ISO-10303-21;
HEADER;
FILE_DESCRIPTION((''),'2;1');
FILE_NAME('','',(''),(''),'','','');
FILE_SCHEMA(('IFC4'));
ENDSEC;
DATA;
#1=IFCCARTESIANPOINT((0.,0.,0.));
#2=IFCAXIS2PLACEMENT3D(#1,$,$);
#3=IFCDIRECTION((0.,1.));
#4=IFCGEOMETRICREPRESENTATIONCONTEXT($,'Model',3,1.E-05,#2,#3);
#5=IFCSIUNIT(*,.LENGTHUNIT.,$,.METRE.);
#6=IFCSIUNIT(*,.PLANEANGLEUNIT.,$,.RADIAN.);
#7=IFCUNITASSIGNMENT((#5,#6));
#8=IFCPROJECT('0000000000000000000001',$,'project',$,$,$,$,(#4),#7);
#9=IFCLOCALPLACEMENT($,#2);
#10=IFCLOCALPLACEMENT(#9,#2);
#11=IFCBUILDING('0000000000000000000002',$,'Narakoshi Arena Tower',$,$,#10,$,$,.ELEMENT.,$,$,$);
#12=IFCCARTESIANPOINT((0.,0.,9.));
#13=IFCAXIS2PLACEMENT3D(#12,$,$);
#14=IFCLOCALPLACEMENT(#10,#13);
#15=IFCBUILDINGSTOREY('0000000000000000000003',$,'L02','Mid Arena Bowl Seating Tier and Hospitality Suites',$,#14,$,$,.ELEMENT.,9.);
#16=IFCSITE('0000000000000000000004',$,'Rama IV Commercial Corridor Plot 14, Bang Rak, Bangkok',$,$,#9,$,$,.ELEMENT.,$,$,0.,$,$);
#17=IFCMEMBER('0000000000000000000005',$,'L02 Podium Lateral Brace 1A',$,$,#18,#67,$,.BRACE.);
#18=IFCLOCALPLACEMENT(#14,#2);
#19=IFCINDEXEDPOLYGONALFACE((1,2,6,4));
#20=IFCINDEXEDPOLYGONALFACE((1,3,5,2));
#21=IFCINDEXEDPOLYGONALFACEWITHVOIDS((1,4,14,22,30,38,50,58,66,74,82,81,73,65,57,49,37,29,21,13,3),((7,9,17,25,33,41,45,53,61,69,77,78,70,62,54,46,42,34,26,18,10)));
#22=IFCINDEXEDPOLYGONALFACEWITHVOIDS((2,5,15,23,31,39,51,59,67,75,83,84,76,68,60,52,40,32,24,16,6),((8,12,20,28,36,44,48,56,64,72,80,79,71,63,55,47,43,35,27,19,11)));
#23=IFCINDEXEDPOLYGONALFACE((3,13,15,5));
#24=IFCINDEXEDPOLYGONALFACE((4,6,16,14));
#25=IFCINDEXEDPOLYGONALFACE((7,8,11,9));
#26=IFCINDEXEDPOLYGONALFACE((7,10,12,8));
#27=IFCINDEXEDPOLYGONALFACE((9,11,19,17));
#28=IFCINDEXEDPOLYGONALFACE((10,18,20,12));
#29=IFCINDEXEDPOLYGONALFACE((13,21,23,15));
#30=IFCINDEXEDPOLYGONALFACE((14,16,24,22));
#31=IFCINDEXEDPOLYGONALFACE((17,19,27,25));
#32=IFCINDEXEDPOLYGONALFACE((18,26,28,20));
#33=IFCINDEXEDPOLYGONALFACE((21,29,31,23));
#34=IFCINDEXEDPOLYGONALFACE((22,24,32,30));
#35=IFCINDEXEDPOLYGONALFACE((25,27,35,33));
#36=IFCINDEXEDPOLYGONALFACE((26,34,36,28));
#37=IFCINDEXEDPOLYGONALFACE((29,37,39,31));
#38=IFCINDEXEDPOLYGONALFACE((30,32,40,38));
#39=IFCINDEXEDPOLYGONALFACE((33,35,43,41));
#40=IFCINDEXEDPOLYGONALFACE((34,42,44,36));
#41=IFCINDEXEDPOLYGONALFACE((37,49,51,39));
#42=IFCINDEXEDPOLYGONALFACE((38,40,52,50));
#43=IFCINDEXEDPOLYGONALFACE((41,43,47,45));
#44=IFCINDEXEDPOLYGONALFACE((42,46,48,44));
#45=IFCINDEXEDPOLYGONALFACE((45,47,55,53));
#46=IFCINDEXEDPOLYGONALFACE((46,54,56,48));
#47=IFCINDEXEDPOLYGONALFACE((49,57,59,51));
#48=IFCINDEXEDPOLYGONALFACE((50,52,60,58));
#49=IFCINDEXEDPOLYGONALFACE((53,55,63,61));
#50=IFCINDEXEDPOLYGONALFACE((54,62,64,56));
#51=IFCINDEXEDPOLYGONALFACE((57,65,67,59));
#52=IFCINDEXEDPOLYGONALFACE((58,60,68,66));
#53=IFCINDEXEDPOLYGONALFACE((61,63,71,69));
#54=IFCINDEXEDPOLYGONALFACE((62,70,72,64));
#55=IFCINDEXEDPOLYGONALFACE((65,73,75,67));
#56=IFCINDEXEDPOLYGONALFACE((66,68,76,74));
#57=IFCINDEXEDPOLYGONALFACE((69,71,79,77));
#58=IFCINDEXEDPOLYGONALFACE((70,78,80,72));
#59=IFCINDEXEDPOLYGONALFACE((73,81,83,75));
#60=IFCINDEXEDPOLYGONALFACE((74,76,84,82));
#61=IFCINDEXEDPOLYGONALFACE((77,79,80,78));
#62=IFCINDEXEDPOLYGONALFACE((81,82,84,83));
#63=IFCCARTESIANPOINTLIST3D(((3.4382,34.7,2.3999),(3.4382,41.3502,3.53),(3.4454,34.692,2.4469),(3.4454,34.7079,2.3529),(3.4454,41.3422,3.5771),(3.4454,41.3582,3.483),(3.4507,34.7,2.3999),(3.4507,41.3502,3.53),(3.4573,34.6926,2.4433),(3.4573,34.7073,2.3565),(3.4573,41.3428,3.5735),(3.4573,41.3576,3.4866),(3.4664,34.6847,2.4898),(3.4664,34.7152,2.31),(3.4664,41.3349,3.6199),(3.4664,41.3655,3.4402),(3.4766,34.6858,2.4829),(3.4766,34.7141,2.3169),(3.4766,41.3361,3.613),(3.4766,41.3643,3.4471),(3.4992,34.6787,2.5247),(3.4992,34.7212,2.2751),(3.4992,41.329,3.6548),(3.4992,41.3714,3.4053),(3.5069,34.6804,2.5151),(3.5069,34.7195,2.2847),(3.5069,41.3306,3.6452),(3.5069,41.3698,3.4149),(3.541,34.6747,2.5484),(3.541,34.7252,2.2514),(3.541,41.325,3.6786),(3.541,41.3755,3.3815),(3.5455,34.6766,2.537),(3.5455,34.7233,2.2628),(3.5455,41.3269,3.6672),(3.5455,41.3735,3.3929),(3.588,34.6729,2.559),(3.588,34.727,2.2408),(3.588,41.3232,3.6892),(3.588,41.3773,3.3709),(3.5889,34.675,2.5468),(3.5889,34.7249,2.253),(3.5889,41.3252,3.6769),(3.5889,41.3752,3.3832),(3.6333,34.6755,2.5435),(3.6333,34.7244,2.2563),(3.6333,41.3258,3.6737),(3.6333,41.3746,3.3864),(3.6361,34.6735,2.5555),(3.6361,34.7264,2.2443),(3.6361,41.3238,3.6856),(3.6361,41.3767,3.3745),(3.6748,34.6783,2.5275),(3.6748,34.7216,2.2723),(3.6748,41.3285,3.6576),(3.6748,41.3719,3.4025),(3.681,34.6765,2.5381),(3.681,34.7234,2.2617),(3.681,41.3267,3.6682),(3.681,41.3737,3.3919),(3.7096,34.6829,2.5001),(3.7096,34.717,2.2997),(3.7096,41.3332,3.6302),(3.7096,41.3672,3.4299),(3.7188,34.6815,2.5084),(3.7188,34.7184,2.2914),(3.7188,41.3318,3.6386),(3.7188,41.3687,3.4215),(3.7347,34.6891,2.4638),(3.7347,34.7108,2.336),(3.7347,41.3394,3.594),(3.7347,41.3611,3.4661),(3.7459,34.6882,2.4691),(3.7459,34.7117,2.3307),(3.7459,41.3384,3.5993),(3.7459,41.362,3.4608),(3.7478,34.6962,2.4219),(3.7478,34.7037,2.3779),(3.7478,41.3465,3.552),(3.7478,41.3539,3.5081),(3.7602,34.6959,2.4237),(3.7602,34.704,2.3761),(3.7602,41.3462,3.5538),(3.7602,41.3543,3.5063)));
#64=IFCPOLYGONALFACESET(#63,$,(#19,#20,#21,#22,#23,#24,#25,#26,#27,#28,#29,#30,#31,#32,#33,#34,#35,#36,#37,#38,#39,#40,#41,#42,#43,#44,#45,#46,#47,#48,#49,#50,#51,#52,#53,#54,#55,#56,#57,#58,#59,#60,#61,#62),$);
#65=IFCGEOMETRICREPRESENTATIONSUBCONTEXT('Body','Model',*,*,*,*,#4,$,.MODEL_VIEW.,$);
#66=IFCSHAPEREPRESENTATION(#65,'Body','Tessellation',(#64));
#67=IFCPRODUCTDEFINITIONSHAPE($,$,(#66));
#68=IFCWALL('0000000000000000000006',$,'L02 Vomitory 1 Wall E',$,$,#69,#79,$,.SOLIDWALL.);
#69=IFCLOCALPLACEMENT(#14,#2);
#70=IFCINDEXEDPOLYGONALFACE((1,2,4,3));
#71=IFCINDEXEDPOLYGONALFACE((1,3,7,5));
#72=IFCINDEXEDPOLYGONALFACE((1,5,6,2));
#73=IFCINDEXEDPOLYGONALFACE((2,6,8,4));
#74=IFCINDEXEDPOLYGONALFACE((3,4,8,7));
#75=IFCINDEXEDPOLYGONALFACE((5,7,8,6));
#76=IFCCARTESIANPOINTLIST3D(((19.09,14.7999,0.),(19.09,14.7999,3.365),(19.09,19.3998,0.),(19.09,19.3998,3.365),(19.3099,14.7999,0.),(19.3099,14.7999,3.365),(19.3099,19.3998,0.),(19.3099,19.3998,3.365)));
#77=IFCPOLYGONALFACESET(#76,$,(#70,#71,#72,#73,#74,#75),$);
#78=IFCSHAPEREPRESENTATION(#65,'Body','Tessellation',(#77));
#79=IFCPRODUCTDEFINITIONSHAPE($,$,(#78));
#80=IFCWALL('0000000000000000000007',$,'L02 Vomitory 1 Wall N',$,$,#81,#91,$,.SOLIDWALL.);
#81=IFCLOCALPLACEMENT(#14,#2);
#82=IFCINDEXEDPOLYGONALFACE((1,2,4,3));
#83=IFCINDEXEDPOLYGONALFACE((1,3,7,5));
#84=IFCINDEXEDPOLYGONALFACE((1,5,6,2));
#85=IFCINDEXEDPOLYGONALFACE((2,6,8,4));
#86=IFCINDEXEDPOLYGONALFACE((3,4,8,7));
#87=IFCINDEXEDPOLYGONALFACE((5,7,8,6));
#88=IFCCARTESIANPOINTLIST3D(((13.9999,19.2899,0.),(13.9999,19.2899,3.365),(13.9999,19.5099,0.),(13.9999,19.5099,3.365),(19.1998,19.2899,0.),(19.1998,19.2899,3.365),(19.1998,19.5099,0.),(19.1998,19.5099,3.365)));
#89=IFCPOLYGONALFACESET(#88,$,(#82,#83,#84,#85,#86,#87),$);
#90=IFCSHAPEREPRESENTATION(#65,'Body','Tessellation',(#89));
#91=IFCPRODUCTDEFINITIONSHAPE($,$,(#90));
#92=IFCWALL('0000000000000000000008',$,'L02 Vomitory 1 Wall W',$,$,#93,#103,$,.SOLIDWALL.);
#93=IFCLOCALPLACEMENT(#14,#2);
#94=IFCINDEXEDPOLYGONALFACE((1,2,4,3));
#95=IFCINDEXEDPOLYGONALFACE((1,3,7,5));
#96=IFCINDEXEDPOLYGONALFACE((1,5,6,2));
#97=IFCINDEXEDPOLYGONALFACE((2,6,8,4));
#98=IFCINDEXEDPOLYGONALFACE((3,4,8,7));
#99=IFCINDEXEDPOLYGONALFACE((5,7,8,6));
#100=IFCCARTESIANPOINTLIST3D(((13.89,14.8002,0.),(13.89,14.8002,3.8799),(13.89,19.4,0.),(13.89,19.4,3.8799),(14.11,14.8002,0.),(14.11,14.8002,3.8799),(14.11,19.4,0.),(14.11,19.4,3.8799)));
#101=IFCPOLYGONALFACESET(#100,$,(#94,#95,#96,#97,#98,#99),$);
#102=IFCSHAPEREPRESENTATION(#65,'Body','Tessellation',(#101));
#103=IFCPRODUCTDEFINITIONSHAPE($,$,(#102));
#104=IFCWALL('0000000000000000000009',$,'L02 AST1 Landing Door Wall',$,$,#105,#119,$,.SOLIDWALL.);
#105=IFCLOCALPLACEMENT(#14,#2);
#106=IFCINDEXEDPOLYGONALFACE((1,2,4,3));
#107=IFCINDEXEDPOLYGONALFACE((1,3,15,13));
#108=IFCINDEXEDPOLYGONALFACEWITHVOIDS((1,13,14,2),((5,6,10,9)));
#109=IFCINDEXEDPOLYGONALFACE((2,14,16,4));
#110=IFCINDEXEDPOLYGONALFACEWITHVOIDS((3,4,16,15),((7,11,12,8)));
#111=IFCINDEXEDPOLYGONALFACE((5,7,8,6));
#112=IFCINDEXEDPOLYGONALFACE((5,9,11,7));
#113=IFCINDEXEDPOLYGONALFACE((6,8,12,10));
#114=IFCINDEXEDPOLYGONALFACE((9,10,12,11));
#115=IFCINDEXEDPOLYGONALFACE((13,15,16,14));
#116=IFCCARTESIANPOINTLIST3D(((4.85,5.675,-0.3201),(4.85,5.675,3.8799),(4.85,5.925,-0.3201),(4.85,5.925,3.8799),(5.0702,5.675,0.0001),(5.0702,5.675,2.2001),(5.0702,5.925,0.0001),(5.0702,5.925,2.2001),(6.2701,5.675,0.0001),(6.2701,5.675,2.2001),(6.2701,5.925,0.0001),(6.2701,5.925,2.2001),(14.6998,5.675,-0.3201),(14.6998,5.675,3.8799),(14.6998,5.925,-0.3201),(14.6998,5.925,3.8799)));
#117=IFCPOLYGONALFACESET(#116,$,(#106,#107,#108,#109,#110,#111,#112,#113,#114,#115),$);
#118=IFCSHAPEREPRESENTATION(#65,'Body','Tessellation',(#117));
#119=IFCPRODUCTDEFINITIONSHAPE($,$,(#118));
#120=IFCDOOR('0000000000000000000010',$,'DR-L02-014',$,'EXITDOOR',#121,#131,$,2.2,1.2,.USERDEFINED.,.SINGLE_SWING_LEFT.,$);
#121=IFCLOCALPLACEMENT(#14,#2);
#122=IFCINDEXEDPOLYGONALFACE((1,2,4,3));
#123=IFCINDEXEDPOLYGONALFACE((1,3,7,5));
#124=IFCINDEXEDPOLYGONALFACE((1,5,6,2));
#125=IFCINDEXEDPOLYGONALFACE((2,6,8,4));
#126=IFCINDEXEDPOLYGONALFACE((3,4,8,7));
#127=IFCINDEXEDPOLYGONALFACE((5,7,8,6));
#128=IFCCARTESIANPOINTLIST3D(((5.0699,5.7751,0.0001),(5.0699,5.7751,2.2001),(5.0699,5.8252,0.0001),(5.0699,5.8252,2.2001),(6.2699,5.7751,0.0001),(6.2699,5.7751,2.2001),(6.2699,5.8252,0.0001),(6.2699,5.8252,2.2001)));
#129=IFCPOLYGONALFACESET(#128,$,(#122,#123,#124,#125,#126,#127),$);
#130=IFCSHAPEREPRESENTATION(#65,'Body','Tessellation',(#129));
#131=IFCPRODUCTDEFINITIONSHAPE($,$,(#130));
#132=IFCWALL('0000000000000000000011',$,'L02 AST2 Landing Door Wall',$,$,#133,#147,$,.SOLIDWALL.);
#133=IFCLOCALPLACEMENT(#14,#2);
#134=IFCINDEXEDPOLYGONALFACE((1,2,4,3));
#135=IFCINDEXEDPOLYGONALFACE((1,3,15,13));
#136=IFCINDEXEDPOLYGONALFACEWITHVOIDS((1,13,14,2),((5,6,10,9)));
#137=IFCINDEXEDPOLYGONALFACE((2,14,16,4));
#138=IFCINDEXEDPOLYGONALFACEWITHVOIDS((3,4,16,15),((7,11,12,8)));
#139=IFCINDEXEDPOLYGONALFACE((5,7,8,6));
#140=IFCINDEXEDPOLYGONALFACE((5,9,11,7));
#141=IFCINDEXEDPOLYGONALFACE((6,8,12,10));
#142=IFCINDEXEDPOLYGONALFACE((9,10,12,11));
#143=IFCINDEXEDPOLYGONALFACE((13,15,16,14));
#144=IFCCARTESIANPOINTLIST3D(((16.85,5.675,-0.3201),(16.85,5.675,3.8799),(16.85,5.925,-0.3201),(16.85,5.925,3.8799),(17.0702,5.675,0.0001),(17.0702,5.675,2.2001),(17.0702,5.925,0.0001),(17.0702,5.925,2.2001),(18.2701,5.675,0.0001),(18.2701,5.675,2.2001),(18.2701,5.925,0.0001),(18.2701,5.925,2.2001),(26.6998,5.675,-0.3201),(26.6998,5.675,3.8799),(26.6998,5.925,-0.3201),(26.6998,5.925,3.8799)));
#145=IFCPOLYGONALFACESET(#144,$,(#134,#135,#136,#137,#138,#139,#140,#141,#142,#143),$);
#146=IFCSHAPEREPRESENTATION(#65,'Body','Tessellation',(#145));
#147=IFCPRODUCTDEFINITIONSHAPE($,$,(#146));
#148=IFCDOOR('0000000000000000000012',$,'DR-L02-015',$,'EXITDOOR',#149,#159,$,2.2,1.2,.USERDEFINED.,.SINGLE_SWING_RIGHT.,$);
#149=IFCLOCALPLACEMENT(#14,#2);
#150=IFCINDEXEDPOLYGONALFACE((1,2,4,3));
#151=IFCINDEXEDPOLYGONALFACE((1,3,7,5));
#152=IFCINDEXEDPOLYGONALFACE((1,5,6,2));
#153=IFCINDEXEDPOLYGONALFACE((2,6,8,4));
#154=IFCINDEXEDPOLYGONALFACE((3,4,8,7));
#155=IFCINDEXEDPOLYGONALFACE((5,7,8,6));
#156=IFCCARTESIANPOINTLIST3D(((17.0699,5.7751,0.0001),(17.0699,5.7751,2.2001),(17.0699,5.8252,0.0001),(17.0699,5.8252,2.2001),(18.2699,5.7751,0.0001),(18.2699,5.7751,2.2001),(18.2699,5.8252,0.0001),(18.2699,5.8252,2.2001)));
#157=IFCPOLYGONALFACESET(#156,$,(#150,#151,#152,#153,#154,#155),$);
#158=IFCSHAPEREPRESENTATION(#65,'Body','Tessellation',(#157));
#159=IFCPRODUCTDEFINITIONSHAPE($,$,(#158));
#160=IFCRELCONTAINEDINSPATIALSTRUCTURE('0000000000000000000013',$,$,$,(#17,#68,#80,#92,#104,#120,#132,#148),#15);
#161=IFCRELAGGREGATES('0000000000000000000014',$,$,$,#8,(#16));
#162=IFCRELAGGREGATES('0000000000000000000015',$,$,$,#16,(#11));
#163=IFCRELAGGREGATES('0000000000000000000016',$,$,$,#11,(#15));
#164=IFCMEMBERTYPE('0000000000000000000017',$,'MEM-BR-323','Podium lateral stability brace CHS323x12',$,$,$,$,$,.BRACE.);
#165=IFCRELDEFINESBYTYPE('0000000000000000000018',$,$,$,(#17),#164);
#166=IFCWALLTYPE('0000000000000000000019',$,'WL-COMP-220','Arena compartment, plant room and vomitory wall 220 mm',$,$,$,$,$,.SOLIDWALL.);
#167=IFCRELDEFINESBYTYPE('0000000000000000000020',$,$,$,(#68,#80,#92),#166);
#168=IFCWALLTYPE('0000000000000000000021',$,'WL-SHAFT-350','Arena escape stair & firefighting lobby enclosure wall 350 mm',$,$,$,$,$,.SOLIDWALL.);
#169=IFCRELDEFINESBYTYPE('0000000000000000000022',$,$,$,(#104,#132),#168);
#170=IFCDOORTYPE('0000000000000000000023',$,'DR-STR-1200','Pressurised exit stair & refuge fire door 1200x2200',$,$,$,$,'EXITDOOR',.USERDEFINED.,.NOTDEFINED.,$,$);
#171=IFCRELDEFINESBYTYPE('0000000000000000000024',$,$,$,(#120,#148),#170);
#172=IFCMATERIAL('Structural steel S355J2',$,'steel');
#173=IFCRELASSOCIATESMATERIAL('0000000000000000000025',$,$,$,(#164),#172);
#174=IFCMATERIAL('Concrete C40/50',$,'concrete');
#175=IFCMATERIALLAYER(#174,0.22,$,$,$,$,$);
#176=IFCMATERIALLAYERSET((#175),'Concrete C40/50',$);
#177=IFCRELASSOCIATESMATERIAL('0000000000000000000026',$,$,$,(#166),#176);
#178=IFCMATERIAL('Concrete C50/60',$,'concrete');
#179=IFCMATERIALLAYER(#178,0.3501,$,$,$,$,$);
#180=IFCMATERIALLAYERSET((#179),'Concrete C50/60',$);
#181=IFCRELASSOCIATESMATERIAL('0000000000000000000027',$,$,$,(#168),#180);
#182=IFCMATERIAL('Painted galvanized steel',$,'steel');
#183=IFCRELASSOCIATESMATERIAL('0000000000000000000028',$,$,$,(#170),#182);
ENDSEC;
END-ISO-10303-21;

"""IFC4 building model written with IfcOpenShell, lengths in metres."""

from ifc_helpers import new_model, si_unit, direction, frame, frame_2d, origin, origin_2d, place, context, subcontext, project, spatial, rectangle, hollow_circle, extrude, material, layer, layer_set, material_profile, profile_set, type_object, element, fill, save


model = new_model("IFC4")

# Units and contexts
model_context = context("Model", 3, precision=1e-05, world=origin(), true_north=direction((0.0, 1.0)))
body_context = subcontext(model_context, "Body", "Model", "MODEL_VIEW")
ifc_project = project(units=[si_unit("LENGTHUNIT", "METRE"), si_unit("PLANEANGLEUNIT", "RADIAN")], contexts=[model_context])

# Site, building, storey
site_placement = place(None, origin())
site = spatial("IfcSite", under=ifc_project, at=site_placement, Name="Rama IV Commercial Corridor Plot 14, Bang Rak, Bangkok", CompositionType="ELEMENT", RefElevation=0.0)
building_placement = place(site_placement, origin())
building = spatial("IfcBuilding", under=site, at=building_placement, Name="Narakoshi Arena Tower", CompositionType="ELEMENT")
storey_placement = place(building_placement, frame((0.0, 0.0, 9.0)))
storey = spatial("IfcBuildingStorey", under=building, at=storey_placement, Name="L02", Description="Mid Arena Bowl Seating Tier and Hospitality Suites", CompositionType="ELEMENT", Elevation=9.0)

# Shared definitions
ifc_material_1 = material(Name="Concrete C50/60", Category="concrete")

# Shared definitions
ifc_material_2 = material(Name="Structural steel S355J2", Category="steel")

# Member
ifc_material_profile_1 = material_profile(ifc_material_2, hollow_circle(Radius=0.1619, WallThickness=0.0125, at=origin_2d()), Name="CHS323x12")
ifc_profile_set_1 = profile_set([ifc_material_profile_1], Name="Structural steel S355J2")
member_type = type_object("IfcMemberType", Name="MEM-BR-323", Description="Podium lateral stability brace CHS323x12", PredefinedType="BRACE", material=ifc_profile_set_1)
member_placement = place(storey_placement, frame((3.6001, 34.7, 2.3999), z_axis=(0.0, 0.985866, 0.167538), x_axis=(-1.0, 0.0, 0.0)))
element("IfcMember", 1, at=member_placement, inside=storey, type_object=member_type, Name="L02 Podium Lateral Brace 1A", PredefinedType="BRACE", context=body_context, shape_type="SweptSolid", body=[
    extrude(hollow_circle(Radius=0.1619, WallThickness=0.0125, at=origin_2d()), origin(), (0.0, 0.0, 1.0), 6.7456),
])

# Shared definitions
ifc_material_3 = material(Name="Concrete C40/50", Category="concrete")
ifc_layer_1 = layer(ifc_material_3, 0.22)
ifc_layer_set_1 = layer_set([ifc_layer_1], Name="Concrete C40/50")
wall_type_1 = type_object("IfcWallType", Name="WL-COMP-220", Description="Arena compartment, plant room and vomitory wall 220 mm", PredefinedType="SOLIDWALL", material=ifc_layer_set_1)
ifc_material_4 = material(Name="Painted galvanized steel", Category="steel")

# Walls
wall_1_placement = place(storey_placement, frame((19.2, 14.8, 0.0), z_axis=(0.0, 0.0, 1.0), x_axis=(0.0, 1.0, 0.0)))
element("IfcWall", 2, at=wall_1_placement, inside=storey, type_object=wall_type_1, Name="L02 Vomitory 1 Wall E", PredefinedType="SOLIDWALL", context=body_context, shape_type="SweptSolid", body=[
    extrude(rectangle(XDim=4.5999, YDim=0.22, at=frame_2d((2.2998, 0.0))), origin(), (0.0, 0.0, 1.0), 3.365),
])
wall_2_placement = place(storey_placement, frame((19.2, 19.3999, 0.0), z_axis=(0.0, 0.0, 1.0), x_axis=(-1.0, 0.0, 0.0)))
element("IfcWall", 3, at=wall_2_placement, inside=storey, type_object=wall_type_1, Name="L02 Vomitory 1 Wall N", PredefinedType="SOLIDWALL", context=body_context, shape_type="SweptSolid", body=[
    extrude(rectangle(XDim=5.2, YDim=0.22, at=frame_2d((2.6001, 0.0))), origin(), (0.0, 0.0, 1.0), 3.365),
])
wall_3_placement = place(storey_placement, frame((14.0, 19.3999, 0.0), z_axis=(0.0, 0.0, 1.0), x_axis=(0.0, -1.0, 0.0)))
element("IfcWall", 4, at=wall_3_placement, inside=storey, type_object=wall_type_1, Name="L02 Vomitory 1 Wall W", PredefinedType="SOLIDWALL", context=body_context, shape_type="SweptSolid", body=[
    extrude(rectangle(XDim=4.5999, YDim=0.22, at=frame_2d((2.2998, 0.0))), origin(), (0.0, 0.0, 1.0), 3.8799),
])

# Walls, openings, doors
ifc_layer_2 = layer(ifc_material_1, 0.3501)
ifc_layer_set_2 = layer_set([ifc_layer_2], Name="Concrete C50/60")
wall_type_2 = type_object("IfcWallType", Name="WL-SHAFT-350", Description="Arena escape stair & firefighting lobby enclosure wall 350 mm", PredefinedType="SOLIDWALL", material=ifc_layer_set_2)
wall_4_placement = place(storey_placement, frame((4.8501, 5.8, -0.3201), z_axis=(0.0, 0.0, 1.0), x_axis=(1.0, 0.0, 0.0)))
wall_4 = element("IfcWall", 5, at=wall_4_placement, inside=storey, type_object=wall_type_2, Name="L02 AST1 Landing Door Wall", PredefinedType="SOLIDWALL", context=body_context, shape_type="SweptSolid", body=[
    extrude(rectangle(XDim=9.8499, YDim=0.25, at=frame_2d((4.9248, 0.0))), origin(), (0.0, 0.0, 1.0), 4.2),
])
opening_1_placement = place(wall_4_placement, frame((0.22, 0.0, 0.3201)))
opening_1 = element("IfcOpeningElement", 6, at=opening_1_placement, cuts=wall_4, PredefinedType="OPENING", context=body_context, shape_type="SweptSolid", body=[
    extrude(rectangle(XDim=1.2, YDim=2.2, at=frame_2d((0.6001, 1.1001))), frame((0.0, 0.135, 0.0), z_axis=(0.0, -1.0, 0.0), x_axis=(1.0, 0.0, 0.0)), (0.0, 0.0, 1.0), 0.27),
])
door_type_1 = type_object("IfcDoorType", Name="DR-STR-1200", Description="Pressurised exit stair & refuge fire door 1200x2200", ElementType="EXITDOOR", OperationType="NOTDEFINED", PredefinedType="USERDEFINED", material=ifc_material_4)
door_1_placement = place(opening_1_placement, frame((1.2, 0.0, 0.0), z_axis=(0.0, 0.0, 1.0), x_axis=(-1.0, 0.0, 0.0)))
door_1 = element("IfcDoor", 7, at=door_1_placement, inside=storey, type_object=door_type_1, Name="DR-L02-014", ObjectType="EXITDOOR", OperationType="SINGLE_SWING_LEFT", OverallHeight=2.2, OverallWidth=1.2, PredefinedType="USERDEFINED", context=body_context, shape_type="SweptSolid", body=[
    extrude(rectangle(XDim=1.2, YDim=2.2, at=frame_2d((0.6001, 1.1001))), frame((0.0, 0.0249, 0.0), z_axis=(0.0, -1.0, 0.0), x_axis=(1.0, 0.0, 0.0)), (0.0, 0.0, 1.0), 0.05),
])
fill(opening_1, door_1)
wall_5_placement = place(storey_placement, frame((16.8501, 5.8, -0.3201), z_axis=(0.0, 0.0, 1.0), x_axis=(1.0, 0.0, 0.0)))
wall_5 = element("IfcWall", 8, at=wall_5_placement, inside=storey, type_object=wall_type_2, Name="L02 AST2 Landing Door Wall", PredefinedType="SOLIDWALL", context=body_context, shape_type="SweptSolid", body=[
    extrude(rectangle(XDim=9.8499, YDim=0.25, at=frame_2d((4.9248, 0.0))), origin(), (0.0, 0.0, 1.0), 4.2),
])
opening_2_placement = place(wall_5_placement, frame((0.22, 0.0, 0.3201)))
opening_2 = element("IfcOpeningElement", 9, at=opening_2_placement, cuts=wall_5, PredefinedType="OPENING", context=body_context, shape_type="SweptSolid", body=[
    extrude(rectangle(XDim=1.2, YDim=2.2, at=frame_2d((0.6001, 1.1001))), frame((0.0, 0.135, 0.0), z_axis=(0.0, -1.0, 0.0), x_axis=(1.0, 0.0, 0.0)), (0.0, 0.0, 1.0), 0.27),
])
door_2_placement = place(opening_2_placement, frame((1.2, 0.0, 0.0), z_axis=(0.0, 0.0, 1.0), x_axis=(-1.0, 0.0, 0.0)))
door_2 = element("IfcDoor", 10, at=door_2_placement, inside=storey, type_object=door_type_1, Name="DR-L02-015", ObjectType="EXITDOOR", OperationType="SINGLE_SWING_RIGHT", OverallHeight=2.2, OverallWidth=1.2, PredefinedType="USERDEFINED", context=body_context, shape_type="SweptSolid", body=[
    extrude(rectangle(XDim=1.2, YDim=2.2, at=frame_2d((0.6001, 1.1001))), frame((0.0, 0.0249, 0.0), z_axis=(0.0, -1.0, 0.0), x_axis=(1.0, 0.0, 0.0)), (0.0, 0.0, 1.0), 0.05),
])
fill(opening_2, door_2)

save(model, "model.ifc")
